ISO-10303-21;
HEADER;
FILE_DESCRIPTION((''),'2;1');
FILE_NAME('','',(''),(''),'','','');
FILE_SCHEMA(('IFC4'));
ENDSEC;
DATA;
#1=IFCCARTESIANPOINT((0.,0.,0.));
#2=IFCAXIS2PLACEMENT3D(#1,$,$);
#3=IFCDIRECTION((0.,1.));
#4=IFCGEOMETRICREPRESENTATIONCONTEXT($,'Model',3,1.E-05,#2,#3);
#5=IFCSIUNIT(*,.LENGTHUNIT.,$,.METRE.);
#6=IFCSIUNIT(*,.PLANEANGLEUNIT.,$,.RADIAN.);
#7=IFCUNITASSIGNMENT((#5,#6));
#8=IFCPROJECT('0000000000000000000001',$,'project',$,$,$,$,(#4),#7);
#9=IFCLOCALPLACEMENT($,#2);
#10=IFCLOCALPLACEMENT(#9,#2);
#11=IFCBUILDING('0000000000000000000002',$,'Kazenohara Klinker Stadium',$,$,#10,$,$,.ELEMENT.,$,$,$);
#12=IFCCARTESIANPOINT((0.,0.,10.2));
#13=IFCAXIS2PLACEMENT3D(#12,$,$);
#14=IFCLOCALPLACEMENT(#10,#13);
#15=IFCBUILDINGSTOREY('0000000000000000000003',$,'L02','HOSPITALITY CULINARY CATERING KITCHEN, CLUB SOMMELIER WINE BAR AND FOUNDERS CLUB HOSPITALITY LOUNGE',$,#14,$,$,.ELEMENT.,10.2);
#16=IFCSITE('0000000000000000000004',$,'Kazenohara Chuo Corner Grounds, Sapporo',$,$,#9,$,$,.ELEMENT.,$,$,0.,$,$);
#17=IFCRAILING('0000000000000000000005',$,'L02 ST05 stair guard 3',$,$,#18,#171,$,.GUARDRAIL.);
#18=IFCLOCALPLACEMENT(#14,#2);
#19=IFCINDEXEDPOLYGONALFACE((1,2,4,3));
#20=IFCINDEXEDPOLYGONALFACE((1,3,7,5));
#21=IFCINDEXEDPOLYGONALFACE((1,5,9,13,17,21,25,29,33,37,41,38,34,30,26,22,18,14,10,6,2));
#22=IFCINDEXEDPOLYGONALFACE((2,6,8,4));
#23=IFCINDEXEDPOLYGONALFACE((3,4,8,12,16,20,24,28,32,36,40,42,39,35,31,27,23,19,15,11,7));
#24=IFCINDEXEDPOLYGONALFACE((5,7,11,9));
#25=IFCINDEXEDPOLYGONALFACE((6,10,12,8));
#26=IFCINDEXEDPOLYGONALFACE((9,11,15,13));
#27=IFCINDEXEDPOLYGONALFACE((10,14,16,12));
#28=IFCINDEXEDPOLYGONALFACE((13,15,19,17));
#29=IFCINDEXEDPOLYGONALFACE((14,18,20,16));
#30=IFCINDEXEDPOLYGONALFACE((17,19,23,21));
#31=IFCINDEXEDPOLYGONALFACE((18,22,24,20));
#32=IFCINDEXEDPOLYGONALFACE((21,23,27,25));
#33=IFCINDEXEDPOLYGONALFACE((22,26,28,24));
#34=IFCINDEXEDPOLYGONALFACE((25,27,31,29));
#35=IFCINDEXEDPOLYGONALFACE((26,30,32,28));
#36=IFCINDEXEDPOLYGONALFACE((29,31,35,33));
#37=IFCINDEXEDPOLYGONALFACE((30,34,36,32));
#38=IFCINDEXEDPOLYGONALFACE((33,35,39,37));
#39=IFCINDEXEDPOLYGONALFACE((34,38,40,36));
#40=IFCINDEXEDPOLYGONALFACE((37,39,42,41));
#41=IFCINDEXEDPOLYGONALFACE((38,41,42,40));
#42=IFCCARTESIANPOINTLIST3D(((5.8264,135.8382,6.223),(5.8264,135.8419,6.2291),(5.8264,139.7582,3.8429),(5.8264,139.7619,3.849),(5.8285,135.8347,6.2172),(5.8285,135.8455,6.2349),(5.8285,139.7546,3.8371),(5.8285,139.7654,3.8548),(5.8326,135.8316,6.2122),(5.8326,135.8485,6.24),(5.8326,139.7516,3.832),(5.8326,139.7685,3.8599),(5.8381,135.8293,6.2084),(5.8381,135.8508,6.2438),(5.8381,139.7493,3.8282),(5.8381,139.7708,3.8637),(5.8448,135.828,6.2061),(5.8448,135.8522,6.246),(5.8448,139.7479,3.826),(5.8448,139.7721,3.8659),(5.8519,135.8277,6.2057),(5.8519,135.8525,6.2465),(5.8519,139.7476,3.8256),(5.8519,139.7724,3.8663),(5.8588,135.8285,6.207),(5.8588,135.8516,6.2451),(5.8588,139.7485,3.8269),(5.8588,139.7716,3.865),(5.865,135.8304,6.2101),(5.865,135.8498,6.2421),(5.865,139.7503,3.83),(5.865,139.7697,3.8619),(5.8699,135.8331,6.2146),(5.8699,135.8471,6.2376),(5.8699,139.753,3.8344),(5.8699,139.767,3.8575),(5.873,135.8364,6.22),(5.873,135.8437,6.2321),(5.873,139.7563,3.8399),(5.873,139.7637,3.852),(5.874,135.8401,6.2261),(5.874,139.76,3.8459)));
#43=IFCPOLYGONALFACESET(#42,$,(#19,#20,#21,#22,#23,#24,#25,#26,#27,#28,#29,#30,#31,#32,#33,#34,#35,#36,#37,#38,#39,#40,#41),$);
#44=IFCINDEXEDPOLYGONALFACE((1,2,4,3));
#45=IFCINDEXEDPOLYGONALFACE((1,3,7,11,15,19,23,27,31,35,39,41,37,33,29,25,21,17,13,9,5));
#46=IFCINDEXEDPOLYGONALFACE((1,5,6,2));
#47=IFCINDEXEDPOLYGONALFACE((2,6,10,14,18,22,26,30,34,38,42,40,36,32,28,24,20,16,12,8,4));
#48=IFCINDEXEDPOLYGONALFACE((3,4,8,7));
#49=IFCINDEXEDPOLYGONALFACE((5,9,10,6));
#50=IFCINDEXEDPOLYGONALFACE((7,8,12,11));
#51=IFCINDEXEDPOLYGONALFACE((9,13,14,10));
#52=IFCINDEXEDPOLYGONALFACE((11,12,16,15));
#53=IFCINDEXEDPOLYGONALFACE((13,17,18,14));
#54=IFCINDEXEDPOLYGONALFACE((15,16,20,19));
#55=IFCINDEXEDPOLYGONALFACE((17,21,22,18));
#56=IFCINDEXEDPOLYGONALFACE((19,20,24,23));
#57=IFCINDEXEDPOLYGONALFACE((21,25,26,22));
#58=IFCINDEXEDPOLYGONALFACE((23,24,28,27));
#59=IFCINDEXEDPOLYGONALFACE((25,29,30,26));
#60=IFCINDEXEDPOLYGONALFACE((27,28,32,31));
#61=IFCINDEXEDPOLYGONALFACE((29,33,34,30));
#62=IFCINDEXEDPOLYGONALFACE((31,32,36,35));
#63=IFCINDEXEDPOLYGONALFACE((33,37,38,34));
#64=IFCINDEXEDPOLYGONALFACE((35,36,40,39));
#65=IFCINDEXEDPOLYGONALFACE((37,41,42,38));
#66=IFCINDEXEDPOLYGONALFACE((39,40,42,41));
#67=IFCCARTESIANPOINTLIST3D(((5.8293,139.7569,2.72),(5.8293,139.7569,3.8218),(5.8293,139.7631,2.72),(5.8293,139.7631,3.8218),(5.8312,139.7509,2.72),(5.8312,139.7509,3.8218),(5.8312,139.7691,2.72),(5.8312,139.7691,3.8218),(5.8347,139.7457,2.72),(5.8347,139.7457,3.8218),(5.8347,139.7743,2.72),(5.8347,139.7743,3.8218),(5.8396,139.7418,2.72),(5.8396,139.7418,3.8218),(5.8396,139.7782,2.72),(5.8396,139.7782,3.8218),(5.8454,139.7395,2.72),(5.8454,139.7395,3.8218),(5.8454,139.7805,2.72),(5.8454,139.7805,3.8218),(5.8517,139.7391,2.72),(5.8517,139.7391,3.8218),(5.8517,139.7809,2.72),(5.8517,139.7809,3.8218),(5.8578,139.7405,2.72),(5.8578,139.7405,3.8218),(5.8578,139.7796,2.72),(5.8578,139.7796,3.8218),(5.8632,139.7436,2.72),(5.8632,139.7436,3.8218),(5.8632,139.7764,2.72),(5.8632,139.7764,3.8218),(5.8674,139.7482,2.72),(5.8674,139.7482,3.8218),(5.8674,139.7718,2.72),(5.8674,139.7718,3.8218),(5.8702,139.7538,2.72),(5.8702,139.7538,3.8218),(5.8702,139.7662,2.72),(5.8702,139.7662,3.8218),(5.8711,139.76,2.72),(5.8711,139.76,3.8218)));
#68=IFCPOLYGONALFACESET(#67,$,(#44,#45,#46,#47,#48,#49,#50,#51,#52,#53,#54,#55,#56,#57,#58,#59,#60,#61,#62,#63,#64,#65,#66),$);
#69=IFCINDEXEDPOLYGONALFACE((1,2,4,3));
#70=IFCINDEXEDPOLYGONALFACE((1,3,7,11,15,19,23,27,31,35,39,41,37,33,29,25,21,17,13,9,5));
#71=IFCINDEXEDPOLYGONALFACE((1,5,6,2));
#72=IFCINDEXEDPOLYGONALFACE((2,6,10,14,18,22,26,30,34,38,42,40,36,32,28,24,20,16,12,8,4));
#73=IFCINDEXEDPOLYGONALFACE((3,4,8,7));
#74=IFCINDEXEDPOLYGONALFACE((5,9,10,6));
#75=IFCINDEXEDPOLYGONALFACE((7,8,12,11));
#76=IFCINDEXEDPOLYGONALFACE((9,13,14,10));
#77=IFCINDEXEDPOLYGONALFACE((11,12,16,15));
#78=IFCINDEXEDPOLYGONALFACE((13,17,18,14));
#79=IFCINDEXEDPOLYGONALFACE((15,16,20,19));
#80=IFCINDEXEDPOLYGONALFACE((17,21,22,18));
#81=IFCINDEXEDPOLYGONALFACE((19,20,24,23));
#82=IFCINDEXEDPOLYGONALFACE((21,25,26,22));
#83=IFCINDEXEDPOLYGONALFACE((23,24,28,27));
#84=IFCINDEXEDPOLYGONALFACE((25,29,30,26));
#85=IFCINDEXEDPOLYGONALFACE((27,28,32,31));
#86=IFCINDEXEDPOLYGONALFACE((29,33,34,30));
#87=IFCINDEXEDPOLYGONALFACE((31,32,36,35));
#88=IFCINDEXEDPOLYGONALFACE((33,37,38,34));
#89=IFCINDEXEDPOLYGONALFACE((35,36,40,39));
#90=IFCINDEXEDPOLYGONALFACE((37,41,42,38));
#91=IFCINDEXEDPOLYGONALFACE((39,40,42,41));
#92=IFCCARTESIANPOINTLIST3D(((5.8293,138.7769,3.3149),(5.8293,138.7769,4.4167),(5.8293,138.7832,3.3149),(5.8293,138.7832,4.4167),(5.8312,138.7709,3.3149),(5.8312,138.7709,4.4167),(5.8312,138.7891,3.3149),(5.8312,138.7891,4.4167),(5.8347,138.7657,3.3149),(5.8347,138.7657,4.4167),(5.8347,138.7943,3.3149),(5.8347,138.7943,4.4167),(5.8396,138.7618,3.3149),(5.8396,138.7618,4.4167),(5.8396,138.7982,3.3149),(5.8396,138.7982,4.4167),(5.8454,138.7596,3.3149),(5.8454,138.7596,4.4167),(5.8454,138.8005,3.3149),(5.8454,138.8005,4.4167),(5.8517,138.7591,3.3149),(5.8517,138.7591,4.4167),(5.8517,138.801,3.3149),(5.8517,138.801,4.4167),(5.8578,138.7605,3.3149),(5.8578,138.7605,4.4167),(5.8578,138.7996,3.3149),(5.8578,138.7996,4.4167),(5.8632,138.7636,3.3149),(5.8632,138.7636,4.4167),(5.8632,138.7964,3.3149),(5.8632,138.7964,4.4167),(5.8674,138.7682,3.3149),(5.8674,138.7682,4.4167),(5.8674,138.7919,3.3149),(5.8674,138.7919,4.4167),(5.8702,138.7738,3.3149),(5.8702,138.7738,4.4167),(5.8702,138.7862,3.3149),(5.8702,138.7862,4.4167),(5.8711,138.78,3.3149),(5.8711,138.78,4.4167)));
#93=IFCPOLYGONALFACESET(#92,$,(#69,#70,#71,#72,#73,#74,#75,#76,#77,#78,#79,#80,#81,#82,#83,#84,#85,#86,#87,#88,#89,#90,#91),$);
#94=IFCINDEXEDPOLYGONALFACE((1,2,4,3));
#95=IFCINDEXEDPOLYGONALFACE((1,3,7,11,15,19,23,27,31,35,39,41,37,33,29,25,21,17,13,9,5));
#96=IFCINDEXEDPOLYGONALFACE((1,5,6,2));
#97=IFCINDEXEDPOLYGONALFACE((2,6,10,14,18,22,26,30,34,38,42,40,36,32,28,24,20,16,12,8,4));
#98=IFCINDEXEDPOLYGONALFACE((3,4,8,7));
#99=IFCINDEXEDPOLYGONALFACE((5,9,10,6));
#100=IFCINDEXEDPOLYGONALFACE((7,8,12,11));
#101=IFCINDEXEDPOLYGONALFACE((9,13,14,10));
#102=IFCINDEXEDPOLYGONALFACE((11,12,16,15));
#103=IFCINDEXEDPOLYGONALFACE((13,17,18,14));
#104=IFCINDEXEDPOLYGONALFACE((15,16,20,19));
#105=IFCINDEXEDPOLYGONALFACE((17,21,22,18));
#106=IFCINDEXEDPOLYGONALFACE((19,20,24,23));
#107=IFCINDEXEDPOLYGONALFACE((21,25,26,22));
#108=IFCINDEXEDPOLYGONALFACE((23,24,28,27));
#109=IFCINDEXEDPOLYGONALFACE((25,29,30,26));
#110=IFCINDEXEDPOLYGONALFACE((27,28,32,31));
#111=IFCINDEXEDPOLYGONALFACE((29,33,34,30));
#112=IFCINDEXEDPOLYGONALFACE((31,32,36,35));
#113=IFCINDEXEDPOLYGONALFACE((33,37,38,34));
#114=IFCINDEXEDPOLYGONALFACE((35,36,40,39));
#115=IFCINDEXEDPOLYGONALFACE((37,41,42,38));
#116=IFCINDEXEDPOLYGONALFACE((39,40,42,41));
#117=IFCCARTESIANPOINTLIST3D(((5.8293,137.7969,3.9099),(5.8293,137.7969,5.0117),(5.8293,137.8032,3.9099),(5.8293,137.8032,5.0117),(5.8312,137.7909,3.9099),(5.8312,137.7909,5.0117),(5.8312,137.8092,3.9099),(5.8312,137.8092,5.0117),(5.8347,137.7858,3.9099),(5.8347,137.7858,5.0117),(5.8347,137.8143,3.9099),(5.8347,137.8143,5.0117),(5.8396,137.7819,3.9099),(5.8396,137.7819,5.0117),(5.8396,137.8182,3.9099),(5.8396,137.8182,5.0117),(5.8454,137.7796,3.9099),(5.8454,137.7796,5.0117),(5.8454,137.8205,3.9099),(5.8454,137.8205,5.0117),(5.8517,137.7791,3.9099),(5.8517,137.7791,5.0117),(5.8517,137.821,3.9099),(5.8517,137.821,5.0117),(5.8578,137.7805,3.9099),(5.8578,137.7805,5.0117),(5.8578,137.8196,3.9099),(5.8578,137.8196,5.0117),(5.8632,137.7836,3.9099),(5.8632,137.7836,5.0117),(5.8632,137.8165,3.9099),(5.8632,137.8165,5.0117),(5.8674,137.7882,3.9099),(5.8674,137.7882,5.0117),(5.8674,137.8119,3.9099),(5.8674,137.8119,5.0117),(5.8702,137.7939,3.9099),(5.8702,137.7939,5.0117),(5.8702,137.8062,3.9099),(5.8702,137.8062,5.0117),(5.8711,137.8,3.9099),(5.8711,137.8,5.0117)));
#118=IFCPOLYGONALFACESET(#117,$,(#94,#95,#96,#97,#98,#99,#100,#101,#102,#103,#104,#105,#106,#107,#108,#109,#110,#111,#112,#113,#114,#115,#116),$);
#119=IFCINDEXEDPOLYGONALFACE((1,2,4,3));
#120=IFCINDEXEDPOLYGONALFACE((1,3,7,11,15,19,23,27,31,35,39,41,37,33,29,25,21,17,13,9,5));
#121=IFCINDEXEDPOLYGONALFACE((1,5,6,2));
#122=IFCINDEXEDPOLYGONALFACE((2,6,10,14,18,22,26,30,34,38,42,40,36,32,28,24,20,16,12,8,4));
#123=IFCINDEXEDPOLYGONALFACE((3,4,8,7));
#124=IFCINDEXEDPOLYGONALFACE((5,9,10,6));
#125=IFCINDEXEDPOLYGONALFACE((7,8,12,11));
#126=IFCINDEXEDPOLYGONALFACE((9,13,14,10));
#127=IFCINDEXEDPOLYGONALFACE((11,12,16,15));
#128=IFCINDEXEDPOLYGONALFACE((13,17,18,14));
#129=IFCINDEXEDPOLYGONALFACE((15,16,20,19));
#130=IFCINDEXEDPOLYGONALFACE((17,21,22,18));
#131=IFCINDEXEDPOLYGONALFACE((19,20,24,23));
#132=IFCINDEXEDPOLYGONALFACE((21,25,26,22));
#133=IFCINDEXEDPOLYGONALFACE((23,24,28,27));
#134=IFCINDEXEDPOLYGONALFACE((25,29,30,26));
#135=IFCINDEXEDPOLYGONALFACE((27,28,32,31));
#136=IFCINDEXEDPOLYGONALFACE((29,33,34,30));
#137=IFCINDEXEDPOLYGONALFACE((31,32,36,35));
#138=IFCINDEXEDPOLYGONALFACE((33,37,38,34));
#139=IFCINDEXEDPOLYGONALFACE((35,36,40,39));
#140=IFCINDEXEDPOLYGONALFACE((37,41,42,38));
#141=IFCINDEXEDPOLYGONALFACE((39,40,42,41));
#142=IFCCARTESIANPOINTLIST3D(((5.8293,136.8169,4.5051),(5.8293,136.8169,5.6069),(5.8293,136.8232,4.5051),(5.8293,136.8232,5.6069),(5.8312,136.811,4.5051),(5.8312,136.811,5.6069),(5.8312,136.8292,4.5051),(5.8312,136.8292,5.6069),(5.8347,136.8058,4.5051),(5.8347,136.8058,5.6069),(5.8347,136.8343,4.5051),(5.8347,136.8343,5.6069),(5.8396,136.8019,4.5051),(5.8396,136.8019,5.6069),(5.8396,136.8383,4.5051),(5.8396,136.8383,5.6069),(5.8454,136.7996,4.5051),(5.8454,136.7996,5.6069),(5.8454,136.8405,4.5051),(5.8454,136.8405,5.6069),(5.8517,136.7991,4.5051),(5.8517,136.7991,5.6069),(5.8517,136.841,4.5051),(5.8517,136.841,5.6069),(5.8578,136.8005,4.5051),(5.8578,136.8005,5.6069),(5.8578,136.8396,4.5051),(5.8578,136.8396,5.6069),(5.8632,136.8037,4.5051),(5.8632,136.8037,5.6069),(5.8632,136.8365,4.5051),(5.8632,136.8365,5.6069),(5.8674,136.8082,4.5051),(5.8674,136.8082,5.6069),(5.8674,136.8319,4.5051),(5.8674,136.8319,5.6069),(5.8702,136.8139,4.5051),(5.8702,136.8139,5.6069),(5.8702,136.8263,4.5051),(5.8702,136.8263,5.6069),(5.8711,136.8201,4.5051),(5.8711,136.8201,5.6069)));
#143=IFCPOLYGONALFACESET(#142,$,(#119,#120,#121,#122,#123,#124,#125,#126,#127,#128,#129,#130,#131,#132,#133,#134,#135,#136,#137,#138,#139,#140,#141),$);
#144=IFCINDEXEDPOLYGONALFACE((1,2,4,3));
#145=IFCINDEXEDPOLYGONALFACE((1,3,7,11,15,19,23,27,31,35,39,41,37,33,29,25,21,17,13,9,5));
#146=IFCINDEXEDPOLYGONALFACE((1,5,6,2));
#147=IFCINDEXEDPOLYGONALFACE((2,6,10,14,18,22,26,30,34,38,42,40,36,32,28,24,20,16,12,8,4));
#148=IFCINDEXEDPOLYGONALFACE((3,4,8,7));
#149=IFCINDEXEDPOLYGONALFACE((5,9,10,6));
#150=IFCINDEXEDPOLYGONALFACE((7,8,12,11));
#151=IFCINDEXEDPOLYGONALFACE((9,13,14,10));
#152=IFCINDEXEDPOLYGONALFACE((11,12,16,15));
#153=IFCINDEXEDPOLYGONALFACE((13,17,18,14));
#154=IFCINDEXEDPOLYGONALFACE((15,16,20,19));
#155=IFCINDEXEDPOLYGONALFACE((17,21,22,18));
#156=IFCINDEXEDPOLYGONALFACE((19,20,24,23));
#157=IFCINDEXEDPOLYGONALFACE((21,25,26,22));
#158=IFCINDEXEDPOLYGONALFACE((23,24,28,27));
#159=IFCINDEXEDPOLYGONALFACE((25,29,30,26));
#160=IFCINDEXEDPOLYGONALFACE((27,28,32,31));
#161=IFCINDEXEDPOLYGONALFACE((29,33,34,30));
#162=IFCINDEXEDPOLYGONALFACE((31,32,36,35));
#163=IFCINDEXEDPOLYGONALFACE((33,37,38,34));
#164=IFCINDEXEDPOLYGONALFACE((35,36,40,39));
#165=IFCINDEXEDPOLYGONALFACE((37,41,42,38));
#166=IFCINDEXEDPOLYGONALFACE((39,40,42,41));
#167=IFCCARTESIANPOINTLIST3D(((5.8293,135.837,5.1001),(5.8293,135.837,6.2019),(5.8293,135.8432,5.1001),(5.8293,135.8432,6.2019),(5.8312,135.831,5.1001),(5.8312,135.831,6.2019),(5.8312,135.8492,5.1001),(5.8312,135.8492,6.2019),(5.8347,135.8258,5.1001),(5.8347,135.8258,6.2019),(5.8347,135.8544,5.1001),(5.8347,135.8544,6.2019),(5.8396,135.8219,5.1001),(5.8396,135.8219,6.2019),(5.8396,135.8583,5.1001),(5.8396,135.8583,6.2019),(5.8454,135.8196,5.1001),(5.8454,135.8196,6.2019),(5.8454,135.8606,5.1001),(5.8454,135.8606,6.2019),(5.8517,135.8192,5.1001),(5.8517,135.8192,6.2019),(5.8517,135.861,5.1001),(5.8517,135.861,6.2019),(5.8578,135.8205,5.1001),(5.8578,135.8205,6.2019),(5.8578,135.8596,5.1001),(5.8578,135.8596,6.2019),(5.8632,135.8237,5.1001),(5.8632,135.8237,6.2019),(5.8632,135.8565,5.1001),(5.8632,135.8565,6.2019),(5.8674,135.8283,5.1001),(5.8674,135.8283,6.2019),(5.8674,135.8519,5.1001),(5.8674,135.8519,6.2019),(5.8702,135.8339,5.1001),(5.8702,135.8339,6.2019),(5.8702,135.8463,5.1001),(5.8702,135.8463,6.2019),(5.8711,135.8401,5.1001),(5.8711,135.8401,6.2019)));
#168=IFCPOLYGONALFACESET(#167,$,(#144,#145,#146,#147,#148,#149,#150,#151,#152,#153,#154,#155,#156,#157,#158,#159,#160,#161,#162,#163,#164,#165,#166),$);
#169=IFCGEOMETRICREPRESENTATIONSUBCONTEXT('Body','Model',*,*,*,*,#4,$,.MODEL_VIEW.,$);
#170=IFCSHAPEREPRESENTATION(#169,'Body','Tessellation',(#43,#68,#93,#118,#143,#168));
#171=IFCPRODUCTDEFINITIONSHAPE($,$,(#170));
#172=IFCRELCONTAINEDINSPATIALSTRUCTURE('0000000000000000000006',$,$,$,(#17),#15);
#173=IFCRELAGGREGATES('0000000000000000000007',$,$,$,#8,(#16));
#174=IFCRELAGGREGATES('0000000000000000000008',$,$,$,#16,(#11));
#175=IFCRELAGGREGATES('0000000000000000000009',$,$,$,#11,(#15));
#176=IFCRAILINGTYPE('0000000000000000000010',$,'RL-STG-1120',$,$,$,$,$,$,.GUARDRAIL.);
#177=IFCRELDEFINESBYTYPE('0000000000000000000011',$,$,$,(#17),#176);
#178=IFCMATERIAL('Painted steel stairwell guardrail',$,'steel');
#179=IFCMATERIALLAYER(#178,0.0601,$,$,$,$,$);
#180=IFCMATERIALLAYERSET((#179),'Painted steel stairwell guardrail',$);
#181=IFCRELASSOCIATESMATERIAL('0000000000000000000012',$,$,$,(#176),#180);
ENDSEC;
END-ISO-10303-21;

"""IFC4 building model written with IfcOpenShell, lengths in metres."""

from ifc_helpers import new_model, si_unit, direction, frame, origin, origin_2d, place, context, subcontext, project, spatial, circle, extrude, material, layer, layer_set, type_object, element, save


model = new_model("IFC4")

# Units and contexts
model_context = context("Model", 3, precision=1e-05, world=origin(), true_north=direction((0.0, 1.0)))
body_context = subcontext(model_context, "Body", "Model", "MODEL_VIEW")
ifc_project = project(units=[si_unit("LENGTHUNIT", "METRE"), si_unit("PLANEANGLEUNIT", "RADIAN")], contexts=[model_context])

# Site, building, storey
site_placement = place(None, origin())
site = spatial("IfcSite", under=ifc_project, at=site_placement, Name="Kazenohara Chuo Corner Grounds, Sapporo", CompositionType="ELEMENT", RefElevation=0.0)
building_placement = place(site_placement, origin())
building = spatial("IfcBuilding", under=site, at=building_placement, Name="Kazenohara Klinker Stadium", CompositionType="ELEMENT")
storey_placement = place(building_placement, frame((0.0, 0.0, 10.2)))
storey = spatial("IfcBuildingStorey", under=building, at=storey_placement, Name="L02", Description="HOSPITALITY CULINARY CATERING KITCHEN, CLUB SOMMELIER WINE BAR AND FOUNDERS CLUB HOSPITALITY LOUNGE", CompositionType="ELEMENT", Elevation=10.2)

# Railing
ifc_material_1 = material(Name="Painted steel stairwell guardrail", Category="steel")
ifc_layer_1 = layer(ifc_material_1, 0.0601)
ifc_layer_set_1 = layer_set([ifc_layer_1], Name="Painted steel stairwell guardrail")
railing_type_1 = type_object("IfcRailingType", Name="RL-STG-1120", PredefinedType="GUARDRAIL", material=ifc_layer_set_1)
railing_1_placement = place(storey_placement, frame((5.8501, 139.76, 2.72)))
element("IfcRailing", 1, at=railing_1_placement, inside=storey, type_object=railing_type_1, Name="L02 ST05 stair guard 3", PredefinedType="GUARDRAIL", context=body_context, shape_type="SweptSolid", body=[
    extrude(circle(Radius=0.0239, at=origin_2d()), frame((0.0, 0.0, 1.126), z_axis=(0.0, -0.854771, 0.519006), x_axis=(1.0, 0.0, 0.0)), (0.0, 0.0, 1.0), 4.5859),
    extrude(circle(Radius=0.021, at=origin_2d()), origin(), (0.0, 0.0, 1.0), 1.1018),
    extrude(circle(Radius=0.021, at=origin_2d()), frame((0.0, -0.98, 0.595)), (0.0, 0.0, 1.0), 1.1018),
    extrude(circle(Radius=0.021, at=origin_2d()), frame((0.0, -1.96, 1.1899)), (0.0, 0.0, 1.0), 1.1018),
    extrude(circle(Radius=0.021, at=origin_2d()), frame((0.0, -2.9399, 1.7852)), (0.0, 0.0, 1.0), 1.1018),
    extrude(circle(Radius=0.021, at=origin_2d()), frame((0.0, -3.9199, 2.3801)), (0.0, 0.0, 1.0), 1.1018),
])

save(model, "model.ifc")
